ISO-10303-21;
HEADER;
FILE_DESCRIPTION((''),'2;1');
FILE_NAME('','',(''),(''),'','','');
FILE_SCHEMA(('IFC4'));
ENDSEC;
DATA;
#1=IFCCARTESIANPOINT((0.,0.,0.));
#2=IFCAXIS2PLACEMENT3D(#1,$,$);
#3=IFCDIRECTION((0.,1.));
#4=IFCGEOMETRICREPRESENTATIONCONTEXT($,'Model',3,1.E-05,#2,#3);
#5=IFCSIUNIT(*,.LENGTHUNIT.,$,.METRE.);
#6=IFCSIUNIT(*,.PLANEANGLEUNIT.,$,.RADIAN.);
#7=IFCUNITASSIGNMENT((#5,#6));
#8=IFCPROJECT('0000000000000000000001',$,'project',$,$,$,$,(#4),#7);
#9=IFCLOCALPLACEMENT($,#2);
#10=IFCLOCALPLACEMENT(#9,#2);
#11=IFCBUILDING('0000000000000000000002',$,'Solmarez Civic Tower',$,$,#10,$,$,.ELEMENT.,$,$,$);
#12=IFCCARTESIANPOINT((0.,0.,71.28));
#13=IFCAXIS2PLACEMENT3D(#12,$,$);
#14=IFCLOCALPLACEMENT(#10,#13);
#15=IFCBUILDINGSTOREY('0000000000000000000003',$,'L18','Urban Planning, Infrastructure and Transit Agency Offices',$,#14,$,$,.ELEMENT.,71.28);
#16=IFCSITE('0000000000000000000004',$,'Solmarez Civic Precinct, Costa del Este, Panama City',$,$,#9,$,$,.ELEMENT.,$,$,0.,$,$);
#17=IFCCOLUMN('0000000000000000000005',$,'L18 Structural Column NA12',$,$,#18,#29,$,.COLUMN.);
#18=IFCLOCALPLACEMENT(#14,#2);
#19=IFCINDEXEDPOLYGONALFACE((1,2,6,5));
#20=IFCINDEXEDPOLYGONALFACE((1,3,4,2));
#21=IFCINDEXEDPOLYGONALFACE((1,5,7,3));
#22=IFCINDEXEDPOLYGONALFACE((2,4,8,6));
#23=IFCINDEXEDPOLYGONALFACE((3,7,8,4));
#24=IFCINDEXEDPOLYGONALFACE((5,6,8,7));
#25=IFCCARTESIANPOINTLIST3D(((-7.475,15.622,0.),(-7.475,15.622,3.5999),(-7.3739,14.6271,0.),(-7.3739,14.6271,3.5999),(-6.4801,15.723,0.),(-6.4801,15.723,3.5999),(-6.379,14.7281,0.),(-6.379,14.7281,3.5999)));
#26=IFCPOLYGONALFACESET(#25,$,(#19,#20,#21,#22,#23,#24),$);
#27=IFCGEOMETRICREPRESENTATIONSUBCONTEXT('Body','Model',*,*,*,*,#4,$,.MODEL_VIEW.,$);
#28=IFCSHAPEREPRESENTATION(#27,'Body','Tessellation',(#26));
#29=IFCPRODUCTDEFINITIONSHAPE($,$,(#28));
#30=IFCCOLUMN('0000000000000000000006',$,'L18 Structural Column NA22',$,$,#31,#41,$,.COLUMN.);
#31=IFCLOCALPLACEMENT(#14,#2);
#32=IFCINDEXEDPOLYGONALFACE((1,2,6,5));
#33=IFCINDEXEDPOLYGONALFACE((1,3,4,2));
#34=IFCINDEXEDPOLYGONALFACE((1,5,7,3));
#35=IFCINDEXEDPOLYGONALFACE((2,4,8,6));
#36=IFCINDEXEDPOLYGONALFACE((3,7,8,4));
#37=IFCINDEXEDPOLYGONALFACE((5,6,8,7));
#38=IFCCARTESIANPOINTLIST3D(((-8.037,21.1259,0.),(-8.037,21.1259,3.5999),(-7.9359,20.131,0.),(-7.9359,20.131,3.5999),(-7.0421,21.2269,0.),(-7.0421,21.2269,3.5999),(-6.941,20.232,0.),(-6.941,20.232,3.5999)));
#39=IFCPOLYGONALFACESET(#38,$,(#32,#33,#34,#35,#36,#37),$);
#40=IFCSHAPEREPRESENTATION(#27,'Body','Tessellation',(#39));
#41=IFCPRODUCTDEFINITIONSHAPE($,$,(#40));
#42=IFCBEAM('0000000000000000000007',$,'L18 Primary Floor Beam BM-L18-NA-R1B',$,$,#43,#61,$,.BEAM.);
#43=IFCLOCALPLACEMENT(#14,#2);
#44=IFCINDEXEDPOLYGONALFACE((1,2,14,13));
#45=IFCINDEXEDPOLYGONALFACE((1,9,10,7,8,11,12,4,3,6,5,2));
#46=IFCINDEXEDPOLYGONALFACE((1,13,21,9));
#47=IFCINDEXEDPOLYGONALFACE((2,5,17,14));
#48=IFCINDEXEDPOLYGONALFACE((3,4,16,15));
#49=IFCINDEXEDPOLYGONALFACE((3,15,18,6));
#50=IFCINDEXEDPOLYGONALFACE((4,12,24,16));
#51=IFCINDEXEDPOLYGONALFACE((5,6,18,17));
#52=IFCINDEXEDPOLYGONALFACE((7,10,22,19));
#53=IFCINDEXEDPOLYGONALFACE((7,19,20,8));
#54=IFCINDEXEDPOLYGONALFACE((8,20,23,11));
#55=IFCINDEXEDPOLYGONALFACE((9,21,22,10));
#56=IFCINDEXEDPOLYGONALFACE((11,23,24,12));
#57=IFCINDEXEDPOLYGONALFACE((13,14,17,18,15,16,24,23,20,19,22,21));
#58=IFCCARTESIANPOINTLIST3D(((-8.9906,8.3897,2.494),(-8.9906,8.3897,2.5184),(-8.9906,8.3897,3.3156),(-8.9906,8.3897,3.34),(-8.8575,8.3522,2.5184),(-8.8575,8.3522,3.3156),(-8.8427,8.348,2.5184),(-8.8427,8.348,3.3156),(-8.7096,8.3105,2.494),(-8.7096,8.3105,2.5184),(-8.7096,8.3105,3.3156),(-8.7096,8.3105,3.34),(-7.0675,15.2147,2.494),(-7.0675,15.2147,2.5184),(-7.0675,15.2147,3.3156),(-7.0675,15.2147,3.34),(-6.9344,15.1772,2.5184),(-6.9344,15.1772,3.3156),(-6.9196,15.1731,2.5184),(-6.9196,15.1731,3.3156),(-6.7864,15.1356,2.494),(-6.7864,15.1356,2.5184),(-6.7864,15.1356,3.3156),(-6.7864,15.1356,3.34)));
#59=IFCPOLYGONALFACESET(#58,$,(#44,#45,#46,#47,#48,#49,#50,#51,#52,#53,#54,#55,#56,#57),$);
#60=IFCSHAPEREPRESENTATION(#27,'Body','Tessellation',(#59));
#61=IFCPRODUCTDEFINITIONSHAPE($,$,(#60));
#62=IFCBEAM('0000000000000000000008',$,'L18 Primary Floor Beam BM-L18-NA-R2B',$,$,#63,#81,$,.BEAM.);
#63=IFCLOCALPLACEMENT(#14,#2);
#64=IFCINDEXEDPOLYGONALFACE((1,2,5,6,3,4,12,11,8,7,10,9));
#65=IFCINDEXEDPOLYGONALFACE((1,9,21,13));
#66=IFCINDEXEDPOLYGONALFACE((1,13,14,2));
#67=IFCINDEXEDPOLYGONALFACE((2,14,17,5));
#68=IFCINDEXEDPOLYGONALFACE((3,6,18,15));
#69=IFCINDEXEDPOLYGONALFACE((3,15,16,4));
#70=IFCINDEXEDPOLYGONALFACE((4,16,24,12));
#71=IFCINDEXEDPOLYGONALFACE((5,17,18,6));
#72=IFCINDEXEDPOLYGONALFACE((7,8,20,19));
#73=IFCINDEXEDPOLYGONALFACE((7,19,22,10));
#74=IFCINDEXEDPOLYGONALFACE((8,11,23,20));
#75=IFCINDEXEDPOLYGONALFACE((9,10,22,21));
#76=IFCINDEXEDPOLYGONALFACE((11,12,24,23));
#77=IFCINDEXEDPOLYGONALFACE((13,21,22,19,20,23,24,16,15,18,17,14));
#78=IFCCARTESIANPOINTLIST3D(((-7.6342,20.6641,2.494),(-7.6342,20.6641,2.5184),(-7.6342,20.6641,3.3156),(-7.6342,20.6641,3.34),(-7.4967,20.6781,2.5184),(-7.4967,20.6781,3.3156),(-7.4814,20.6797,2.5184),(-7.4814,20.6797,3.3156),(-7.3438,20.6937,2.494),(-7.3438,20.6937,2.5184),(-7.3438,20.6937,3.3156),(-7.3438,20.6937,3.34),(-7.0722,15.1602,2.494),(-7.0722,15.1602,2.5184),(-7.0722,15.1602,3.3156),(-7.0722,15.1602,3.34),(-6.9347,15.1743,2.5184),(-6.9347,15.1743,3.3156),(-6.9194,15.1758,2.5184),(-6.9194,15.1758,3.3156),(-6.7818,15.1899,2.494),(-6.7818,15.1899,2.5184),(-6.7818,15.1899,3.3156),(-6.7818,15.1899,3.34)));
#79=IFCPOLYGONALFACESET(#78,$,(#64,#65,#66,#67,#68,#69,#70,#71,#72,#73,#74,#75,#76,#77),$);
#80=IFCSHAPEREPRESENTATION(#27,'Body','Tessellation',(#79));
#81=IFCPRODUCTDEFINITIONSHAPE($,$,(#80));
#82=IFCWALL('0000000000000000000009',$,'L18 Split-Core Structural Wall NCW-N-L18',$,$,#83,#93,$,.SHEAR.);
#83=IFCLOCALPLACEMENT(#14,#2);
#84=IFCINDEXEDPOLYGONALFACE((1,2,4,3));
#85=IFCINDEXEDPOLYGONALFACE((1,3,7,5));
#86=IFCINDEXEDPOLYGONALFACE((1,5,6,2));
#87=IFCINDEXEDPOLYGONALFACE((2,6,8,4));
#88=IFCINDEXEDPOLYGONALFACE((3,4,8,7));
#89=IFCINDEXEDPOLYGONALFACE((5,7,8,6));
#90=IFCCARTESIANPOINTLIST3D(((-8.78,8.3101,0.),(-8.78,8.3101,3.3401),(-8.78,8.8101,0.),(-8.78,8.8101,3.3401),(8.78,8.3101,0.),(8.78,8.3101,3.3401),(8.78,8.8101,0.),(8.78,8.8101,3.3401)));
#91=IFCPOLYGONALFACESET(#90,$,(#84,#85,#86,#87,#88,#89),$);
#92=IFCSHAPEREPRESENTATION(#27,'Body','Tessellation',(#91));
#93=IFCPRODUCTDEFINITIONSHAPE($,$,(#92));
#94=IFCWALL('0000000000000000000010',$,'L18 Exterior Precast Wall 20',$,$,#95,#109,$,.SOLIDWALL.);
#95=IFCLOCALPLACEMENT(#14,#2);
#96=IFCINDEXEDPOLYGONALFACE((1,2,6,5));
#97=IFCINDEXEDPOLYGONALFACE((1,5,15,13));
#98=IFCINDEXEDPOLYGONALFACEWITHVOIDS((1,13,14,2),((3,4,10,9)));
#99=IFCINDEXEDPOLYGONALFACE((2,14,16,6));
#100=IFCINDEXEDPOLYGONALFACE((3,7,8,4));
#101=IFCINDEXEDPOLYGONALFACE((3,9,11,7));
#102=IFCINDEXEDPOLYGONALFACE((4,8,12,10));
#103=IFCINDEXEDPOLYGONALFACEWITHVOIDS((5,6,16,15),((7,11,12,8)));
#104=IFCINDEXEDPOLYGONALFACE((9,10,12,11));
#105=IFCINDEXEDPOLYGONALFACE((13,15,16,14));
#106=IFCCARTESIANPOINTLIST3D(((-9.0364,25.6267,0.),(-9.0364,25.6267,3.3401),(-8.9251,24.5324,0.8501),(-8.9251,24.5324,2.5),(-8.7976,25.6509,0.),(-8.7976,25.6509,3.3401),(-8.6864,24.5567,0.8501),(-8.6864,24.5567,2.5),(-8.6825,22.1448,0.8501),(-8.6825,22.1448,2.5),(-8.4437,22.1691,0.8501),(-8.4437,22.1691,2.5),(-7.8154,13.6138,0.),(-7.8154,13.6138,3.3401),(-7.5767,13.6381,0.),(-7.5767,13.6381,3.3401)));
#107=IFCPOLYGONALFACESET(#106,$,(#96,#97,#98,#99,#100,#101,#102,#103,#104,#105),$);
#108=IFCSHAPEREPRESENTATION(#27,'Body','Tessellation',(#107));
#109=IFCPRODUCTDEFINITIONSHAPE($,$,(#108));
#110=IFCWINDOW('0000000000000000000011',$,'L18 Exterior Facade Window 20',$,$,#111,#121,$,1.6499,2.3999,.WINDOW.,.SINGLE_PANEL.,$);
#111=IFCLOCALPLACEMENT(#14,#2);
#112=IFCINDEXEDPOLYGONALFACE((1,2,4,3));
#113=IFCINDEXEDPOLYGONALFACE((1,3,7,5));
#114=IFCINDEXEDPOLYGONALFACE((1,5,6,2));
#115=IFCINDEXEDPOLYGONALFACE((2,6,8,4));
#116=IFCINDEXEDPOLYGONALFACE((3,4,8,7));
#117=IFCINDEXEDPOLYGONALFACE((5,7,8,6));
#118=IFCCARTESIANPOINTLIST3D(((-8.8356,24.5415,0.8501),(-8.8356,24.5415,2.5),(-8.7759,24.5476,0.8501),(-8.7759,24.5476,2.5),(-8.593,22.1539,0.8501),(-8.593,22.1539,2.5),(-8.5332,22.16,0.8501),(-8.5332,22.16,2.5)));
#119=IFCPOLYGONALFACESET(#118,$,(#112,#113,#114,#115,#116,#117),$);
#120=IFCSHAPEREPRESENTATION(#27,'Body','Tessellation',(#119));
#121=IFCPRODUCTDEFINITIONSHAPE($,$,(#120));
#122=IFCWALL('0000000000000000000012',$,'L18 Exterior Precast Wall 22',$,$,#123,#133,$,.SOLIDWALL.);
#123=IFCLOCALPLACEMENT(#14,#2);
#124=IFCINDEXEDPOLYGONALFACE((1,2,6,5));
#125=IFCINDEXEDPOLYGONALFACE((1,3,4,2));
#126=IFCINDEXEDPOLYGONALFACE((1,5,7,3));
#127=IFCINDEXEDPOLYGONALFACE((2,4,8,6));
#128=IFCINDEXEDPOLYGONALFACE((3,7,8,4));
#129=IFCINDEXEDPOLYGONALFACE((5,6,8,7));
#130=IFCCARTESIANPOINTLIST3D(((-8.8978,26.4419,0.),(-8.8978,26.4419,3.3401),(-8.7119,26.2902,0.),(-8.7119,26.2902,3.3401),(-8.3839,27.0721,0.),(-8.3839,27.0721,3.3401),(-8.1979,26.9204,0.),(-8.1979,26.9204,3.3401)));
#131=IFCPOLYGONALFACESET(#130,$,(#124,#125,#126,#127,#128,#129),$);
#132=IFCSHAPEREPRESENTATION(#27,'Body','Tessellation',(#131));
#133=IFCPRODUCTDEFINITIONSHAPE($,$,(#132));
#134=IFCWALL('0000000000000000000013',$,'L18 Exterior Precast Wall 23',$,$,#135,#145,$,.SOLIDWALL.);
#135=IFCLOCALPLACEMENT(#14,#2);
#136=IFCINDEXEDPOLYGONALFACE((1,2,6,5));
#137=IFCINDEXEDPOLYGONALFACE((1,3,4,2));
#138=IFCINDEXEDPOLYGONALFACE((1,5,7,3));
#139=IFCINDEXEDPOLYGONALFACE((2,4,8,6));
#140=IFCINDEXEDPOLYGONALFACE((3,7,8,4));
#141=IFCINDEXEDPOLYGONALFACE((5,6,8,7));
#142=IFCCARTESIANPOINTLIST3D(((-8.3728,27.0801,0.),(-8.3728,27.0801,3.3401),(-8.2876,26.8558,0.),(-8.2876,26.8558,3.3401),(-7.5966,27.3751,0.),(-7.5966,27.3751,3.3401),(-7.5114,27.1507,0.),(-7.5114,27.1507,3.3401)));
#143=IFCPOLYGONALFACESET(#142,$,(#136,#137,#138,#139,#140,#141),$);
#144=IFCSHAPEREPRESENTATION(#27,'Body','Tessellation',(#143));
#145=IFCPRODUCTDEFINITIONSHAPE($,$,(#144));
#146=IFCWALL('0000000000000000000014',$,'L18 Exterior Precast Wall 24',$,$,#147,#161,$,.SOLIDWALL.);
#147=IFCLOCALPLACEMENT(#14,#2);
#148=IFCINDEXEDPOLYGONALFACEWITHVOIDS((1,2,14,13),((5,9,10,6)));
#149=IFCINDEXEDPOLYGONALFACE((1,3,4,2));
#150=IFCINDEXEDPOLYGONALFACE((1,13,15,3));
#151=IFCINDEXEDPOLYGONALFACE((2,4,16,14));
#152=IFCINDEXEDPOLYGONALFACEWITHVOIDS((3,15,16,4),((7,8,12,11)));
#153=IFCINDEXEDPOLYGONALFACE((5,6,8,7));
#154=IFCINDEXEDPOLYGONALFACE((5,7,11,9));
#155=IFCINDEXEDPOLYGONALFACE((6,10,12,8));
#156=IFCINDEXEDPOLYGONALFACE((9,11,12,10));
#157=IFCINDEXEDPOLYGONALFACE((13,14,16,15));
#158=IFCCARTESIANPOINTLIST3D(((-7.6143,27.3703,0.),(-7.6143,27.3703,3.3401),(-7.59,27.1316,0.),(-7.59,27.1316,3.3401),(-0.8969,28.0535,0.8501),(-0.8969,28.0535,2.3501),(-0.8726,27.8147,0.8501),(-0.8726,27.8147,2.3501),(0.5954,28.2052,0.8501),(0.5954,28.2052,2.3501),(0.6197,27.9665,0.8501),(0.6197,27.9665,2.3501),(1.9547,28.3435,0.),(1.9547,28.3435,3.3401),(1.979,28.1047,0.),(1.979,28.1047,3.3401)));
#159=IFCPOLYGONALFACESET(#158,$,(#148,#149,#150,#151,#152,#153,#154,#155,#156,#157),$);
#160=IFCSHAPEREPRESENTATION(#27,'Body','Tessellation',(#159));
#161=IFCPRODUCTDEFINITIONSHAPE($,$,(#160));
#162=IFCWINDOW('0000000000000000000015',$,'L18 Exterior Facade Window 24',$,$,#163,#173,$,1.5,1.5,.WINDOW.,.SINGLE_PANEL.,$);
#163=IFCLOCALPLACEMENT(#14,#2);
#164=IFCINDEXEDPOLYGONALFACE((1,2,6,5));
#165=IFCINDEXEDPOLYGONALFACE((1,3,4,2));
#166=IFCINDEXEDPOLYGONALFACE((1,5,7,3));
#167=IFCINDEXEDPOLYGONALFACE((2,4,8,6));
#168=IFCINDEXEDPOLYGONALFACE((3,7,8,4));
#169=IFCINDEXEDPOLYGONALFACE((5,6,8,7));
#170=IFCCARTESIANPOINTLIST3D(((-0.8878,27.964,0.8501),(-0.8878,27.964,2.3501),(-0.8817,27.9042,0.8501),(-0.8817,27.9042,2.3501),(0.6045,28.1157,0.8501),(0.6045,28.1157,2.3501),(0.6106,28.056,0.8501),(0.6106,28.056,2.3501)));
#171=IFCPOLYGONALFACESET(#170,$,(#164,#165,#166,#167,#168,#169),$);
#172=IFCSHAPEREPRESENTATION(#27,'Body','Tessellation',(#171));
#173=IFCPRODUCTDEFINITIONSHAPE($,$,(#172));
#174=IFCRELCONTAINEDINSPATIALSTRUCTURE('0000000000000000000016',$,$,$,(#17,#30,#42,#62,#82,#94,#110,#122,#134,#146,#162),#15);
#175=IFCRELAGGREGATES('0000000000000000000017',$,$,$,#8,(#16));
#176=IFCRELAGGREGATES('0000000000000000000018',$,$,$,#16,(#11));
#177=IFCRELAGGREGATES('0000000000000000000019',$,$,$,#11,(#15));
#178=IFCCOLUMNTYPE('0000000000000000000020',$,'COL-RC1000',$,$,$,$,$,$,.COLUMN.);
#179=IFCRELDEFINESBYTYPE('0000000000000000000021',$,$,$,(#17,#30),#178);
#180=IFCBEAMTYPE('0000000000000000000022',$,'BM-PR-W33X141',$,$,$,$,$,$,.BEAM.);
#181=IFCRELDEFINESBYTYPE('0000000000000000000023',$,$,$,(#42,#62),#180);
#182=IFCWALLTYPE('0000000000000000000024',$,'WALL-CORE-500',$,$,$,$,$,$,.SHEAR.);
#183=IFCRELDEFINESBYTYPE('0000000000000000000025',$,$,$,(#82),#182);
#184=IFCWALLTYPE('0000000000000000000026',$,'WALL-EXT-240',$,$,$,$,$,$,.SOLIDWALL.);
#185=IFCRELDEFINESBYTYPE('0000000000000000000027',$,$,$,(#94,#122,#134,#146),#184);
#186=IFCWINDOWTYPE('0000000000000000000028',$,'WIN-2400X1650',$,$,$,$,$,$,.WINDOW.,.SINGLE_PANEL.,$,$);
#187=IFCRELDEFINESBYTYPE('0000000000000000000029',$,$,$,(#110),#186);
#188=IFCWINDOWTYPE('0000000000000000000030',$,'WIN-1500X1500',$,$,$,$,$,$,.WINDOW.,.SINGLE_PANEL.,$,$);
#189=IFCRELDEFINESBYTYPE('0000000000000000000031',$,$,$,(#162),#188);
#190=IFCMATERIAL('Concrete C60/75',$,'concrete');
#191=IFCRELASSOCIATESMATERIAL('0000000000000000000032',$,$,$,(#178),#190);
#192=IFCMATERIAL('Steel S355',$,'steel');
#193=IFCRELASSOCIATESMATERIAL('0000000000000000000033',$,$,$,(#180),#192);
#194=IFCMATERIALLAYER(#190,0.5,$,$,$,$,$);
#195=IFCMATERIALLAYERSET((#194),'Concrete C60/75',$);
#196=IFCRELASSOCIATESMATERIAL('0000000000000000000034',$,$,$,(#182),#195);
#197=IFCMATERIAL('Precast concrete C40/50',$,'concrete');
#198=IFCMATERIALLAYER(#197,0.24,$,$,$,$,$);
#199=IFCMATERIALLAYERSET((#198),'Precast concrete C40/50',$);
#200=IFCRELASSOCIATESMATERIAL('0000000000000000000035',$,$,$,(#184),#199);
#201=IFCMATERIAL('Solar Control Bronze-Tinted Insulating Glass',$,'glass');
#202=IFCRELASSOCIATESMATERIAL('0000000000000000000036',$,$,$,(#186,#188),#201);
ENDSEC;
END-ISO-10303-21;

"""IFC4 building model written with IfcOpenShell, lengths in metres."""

from ifc_helpers import new_model, si_unit, direction, frame, frame_2d, origin, origin_2d, place, context, subcontext, project, spatial, rectangle, i_section, extrude, material, layer, layer_set, material_profile, profile_set, type_object, element, fill, save


model = new_model("IFC4")

# Units and contexts
model_context = context("Model", 3, precision=1e-05, world=origin(), true_north=direction((0.0, 1.0)))
body_context = subcontext(model_context, "Body", "Model", "MODEL_VIEW")
ifc_project = project(units=[si_unit("LENGTHUNIT", "METRE"), si_unit("PLANEANGLEUNIT", "RADIAN")], contexts=[model_context])

# Site, building, storey
site_placement = place(None, origin())
site = spatial("IfcSite", under=ifc_project, at=site_placement, Name="Solmarez Civic Precinct, Costa del Este, Panama City", CompositionType="ELEMENT", RefElevation=0.0)
building_placement = place(site_placement, origin())
building = spatial("IfcBuilding", under=site, at=building_placement, Name="Solmarez Civic Tower", CompositionType="ELEMENT")
storey_placement = place(building_placement, frame((0.0, 0.0, 71.28)))
storey = spatial("IfcBuildingStorey", under=building, at=storey_placement, Name="L18", Description="Urban Planning, Infrastructure and Transit Agency Offices", CompositionType="ELEMENT", Elevation=71.28)

# Columns
ifc_material_1 = material(Name="Concrete C60/75", Category="concrete")
ifc_material_profile_1 = material_profile(ifc_material_1, rectangle(XDim=1.0, YDim=1.0, at=origin_2d()), Name="RC1000X1000")
ifc_profile_set_1 = profile_set([ifc_material_profile_1], Name="Concrete C60/75")
column_type = type_object("IfcColumnType", Name="COL-RC1000", PredefinedType="COLUMN", material=ifc_profile_set_1)
for number, where, z_axis, x_axis, name in (
    (1, (-6.927, 15.175, 0.0), (0.0, 0.0, 1.0), (0.994881, 0.101056, 0.0), "L18 Structural Column NA12"),
    (2, (-7.489, 20.679, 0.0), (0.0, 0.0, 1.0), (0.994881, 0.101056, 0.0), "L18 Structural Column NA22"),
):
    element("IfcColumn", number, at=place(storey_placement, frame(where, z_axis=z_axis, x_axis=x_axis)), inside=storey, type_object=column_type, Name=name, PredefinedType="COLUMN", context=body_context, shape_type="SweptSolid", body=[
        extrude(rectangle(XDim=1.0, YDim=1.0, at=origin_2d()), origin(), (0.0, 0.0, 1.0), 3.5999),
    ])

# Beams
ifc_material_2 = material(Name="Steel S355", Category="steel")
ifc_material_profile_2 = material_profile(ifc_material_2, i_section(OverallWidth=0.292, OverallDepth=0.8459, WebThickness=0.0154, FlangeThickness=0.0244, at=origin_2d()), Name="W33X141")
ifc_profile_set_2 = profile_set([ifc_material_profile_2], Name="Steel S355")
beam_type = type_object("IfcBeamType", Name="BM-PR-W33X141", PredefinedType="BEAM", material=ifc_profile_set_2)
beam_1_placement = place(storey_placement, frame((-8.8501, 8.3501, 2.917), z_axis=(0.271213, 0.962519, 0.0), x_axis=(-0.962519, 0.271213, 0.0)))
element("IfcBeam", 3, at=beam_1_placement, inside=storey, type_object=beam_type, Name="L18 Primary Floor Beam BM-L18-NA-R1B", PredefinedType="BEAM", context=body_context, shape_type="SweptSolid", body=[
    extrude(i_section(OverallWidth=0.292, OverallDepth=0.8459, WebThickness=0.0154, FlangeThickness=0.0244, at=origin_2d()), origin(), (0.0, 0.0, 1.0), 7.0908),
])
beam_2_placement = place(storey_placement, frame((-6.927, 15.175, 2.917), z_axis=(-0.101583, 0.994827, 0.0), x_axis=(-0.994827, -0.101583, 0.0)))
element("IfcBeam", 4, at=beam_2_placement, inside=storey, type_object=beam_type, Name="L18 Primary Floor Beam BM-L18-NA-R2B", PredefinedType="BEAM", context=body_context, shape_type="SweptSolid", body=[
    extrude(i_section(OverallWidth=0.292, OverallDepth=0.8459, WebThickness=0.0154, FlangeThickness=0.0244, at=origin_2d()), origin(), (0.0, 0.0, 1.0), 5.5325),
])

# Wall
ifc_layer_1 = layer(ifc_material_1, 0.5)
ifc_layer_set_1 = layer_set([ifc_layer_1], Name="Concrete C60/75")
wall_type_1 = type_object("IfcWallType", Name="WALL-CORE-500", PredefinedType="SHEAR", material=ifc_layer_set_1)
wall_1_placement = place(storey_placement, frame((-8.78, 8.5601, 0.0), z_axis=(0.0, 0.0, 1.0), x_axis=(1.0, 0.0, 0.0)))
element("IfcWall", 5, at=wall_1_placement, inside=storey, type_object=wall_type_1, Name="L18 Split-Core Structural Wall NCW-N-L18", PredefinedType="SHEAR", context=body_context, shape_type="SweptSolid", body=[
    extrude(rectangle(XDim=17.5601, YDim=0.5, at=frame_2d((8.78, 0.0))), origin(), (0.0, 0.0, 1.0), 3.3401),
])

# Wall, opening, window
ifc_material_3 = material(Name="Precast concrete C40/50", Category="concrete")
ifc_layer_2 = layer(ifc_material_3, 0.24)
ifc_layer_set_2 = layer_set([ifc_layer_2], Name="Precast concrete C40/50")
wall_type_2 = type_object("IfcWallType", Name="WALL-EXT-240", PredefinedType="SOLIDWALL", material=ifc_layer_set_2)
wall_2_placement = place(storey_placement, frame((-7.696, 13.626, 0.0), z_axis=(0.0, 0.0, 1.0), x_axis=(-0.101115, 0.994875, 0.0)))
wall_2 = element("IfcWall", 6, at=wall_2_placement, inside=storey, type_object=wall_type_2, Name="L18 Exterior Precast Wall 20", PredefinedType="SOLIDWALL", context=body_context, shape_type="SweptSolid", body=[
    extrude(rectangle(XDim=12.0747, YDim=0.24, at=frame_2d((6.0374, 0.0))), origin(), (0.0, 0.0, 1.0), 3.3401),
])
opening_1_placement = place(wall_2_placement, frame((8.575, 0.0, 0.8501)))
opening_1 = element("IfcOpeningElement", 7, at=opening_1_placement, cuts=wall_2, PredefinedType="OPENING", context=body_context, shape_type="SweptSolid", body=[
    extrude(rectangle(XDim=2.3999, YDim=1.6499, at=frame_2d((1.2, 0.825))), frame((0.0, 0.1299, 0.0), z_axis=(0.0, -1.0, 0.0), x_axis=(1.0, 0.0, 0.0)), (0.0, 0.0, 1.0), 0.26),
])
ifc_material_4 = material(Name="Solar Control Bronze-Tinted Insulating Glass", Category="glass")
window_type_1 = type_object("IfcWindowType", Name="WIN-2400X1650", PartitioningType="SINGLE_PANEL", PredefinedType="WINDOW", material=ifc_material_4)
window_1_placement = place(opening_1_placement, origin())
window_1 = element("IfcWindow", 8, at=window_1_placement, inside=storey, type_object=window_type_1, Name="L18 Exterior Facade Window 20", OverallHeight=1.6499, OverallWidth=2.3999, PartitioningType="SINGLE_PANEL", PredefinedType="WINDOW", context=body_context, shape_type="SweptSolid", body=[
    extrude(rectangle(XDim=2.3999, YDim=1.6499, at=frame_2d((1.2, 0.825))), frame((0.0, 0.03, 0.0), z_axis=(0.0, -1.0, 0.0), x_axis=(1.0, 0.0, 0.0)), (0.0, 0.0, 1.0), 0.0601),
])
fill(opening_1, window_1)

# Walls
wall_3_placement = place(storey_placement, frame((-8.8049, 26.366, 0.0), z_axis=(0.0, 0.0, 1.0), x_axis=(0.632027, 0.774946, 0.0)))
element("IfcWall", 9, at=wall_3_placement, inside=storey, type_object=wall_type_2, Name="L18 Exterior Precast Wall 22", PredefinedType="SOLIDWALL", context=body_context, shape_type="SweptSolid", body=[
    extrude(rectangle(XDim=0.8132, YDim=0.24, at=frame_2d((0.4067, 0.0))), origin(), (0.0, 0.0, 1.0), 3.3401),
])
wall_4_placement = place(storey_placement, frame((-8.3301, 26.968, 0.0), z_axis=(0.0, 0.0, 1.0), x_axis=(0.934786, 0.355213, 0.0)))
element("IfcWall", 10, at=wall_4_placement, inside=storey, type_object=wall_type_2, Name="L18 Exterior Precast Wall 23", PredefinedType="SOLIDWALL", context=body_context, shape_type="SweptSolid", body=[
    extrude(rectangle(XDim=0.8303, YDim=0.24, at=frame_2d((0.415, 0.0))), origin(), (0.0, 0.0, 1.0), 3.3401),
])

# Wall, opening, window
wall_5_placement = place(storey_placement, frame((-7.6021, 27.251, 0.0), z_axis=(0.0, 0.0, 1.0), x_axis=(0.994869, 0.101175, 0.0)))
wall_5 = element("IfcWall", 11, at=wall_5_placement, inside=storey, type_object=wall_type_2, Name="L18 Exterior Precast Wall 24", PredefinedType="SOLIDWALL", context=body_context, shape_type="SweptSolid", body=[
    extrude(rectangle(XDim=9.6184, YDim=0.24, at=frame_2d((4.8091, 0.0))), origin(), (0.0, 0.0, 1.0), 3.3401),
])
opening_2_placement = place(wall_5_placement, frame((6.752, 0.0, 0.8501)))
opening_2 = element("IfcOpeningElement", 12, at=opening_2_placement, cuts=wall_5, PredefinedType="OPENING", context=body_context, shape_type="SweptSolid", body=[
    extrude(rectangle(XDim=1.5, YDim=1.5, at=frame_2d((0.75, 0.75))), frame((0.0, 0.1299, 0.0), z_axis=(0.0, -1.0, 0.0), x_axis=(1.0, 0.0, 0.0)), (0.0, 0.0, 1.0), 0.26),
])
window_type_2 = type_object("IfcWindowType", Name="WIN-1500X1500", PartitioningType="SINGLE_PANEL", PredefinedType="WINDOW", material=ifc_material_4)
window_2_placement = place(opening_2_placement, origin())
window_2 = element("IfcWindow", 13, at=window_2_placement, inside=storey, type_object=window_type_2, Name="L18 Exterior Facade Window 24", OverallHeight=1.5, OverallWidth=1.5, PartitioningType="SINGLE_PANEL", PredefinedType="WINDOW", context=body_context, shape_type="SweptSolid", body=[
    extrude(rectangle(XDim=1.5, YDim=1.5, at=frame_2d((0.75, 0.75))), frame((0.0, 0.03, 0.0), z_axis=(0.0, -1.0, 0.0), x_axis=(1.0, 0.0, 0.0)), (0.0, 0.0, 1.0), 0.0601),
])
fill(opening_2, window_2)

save(model, "model.ifc")
